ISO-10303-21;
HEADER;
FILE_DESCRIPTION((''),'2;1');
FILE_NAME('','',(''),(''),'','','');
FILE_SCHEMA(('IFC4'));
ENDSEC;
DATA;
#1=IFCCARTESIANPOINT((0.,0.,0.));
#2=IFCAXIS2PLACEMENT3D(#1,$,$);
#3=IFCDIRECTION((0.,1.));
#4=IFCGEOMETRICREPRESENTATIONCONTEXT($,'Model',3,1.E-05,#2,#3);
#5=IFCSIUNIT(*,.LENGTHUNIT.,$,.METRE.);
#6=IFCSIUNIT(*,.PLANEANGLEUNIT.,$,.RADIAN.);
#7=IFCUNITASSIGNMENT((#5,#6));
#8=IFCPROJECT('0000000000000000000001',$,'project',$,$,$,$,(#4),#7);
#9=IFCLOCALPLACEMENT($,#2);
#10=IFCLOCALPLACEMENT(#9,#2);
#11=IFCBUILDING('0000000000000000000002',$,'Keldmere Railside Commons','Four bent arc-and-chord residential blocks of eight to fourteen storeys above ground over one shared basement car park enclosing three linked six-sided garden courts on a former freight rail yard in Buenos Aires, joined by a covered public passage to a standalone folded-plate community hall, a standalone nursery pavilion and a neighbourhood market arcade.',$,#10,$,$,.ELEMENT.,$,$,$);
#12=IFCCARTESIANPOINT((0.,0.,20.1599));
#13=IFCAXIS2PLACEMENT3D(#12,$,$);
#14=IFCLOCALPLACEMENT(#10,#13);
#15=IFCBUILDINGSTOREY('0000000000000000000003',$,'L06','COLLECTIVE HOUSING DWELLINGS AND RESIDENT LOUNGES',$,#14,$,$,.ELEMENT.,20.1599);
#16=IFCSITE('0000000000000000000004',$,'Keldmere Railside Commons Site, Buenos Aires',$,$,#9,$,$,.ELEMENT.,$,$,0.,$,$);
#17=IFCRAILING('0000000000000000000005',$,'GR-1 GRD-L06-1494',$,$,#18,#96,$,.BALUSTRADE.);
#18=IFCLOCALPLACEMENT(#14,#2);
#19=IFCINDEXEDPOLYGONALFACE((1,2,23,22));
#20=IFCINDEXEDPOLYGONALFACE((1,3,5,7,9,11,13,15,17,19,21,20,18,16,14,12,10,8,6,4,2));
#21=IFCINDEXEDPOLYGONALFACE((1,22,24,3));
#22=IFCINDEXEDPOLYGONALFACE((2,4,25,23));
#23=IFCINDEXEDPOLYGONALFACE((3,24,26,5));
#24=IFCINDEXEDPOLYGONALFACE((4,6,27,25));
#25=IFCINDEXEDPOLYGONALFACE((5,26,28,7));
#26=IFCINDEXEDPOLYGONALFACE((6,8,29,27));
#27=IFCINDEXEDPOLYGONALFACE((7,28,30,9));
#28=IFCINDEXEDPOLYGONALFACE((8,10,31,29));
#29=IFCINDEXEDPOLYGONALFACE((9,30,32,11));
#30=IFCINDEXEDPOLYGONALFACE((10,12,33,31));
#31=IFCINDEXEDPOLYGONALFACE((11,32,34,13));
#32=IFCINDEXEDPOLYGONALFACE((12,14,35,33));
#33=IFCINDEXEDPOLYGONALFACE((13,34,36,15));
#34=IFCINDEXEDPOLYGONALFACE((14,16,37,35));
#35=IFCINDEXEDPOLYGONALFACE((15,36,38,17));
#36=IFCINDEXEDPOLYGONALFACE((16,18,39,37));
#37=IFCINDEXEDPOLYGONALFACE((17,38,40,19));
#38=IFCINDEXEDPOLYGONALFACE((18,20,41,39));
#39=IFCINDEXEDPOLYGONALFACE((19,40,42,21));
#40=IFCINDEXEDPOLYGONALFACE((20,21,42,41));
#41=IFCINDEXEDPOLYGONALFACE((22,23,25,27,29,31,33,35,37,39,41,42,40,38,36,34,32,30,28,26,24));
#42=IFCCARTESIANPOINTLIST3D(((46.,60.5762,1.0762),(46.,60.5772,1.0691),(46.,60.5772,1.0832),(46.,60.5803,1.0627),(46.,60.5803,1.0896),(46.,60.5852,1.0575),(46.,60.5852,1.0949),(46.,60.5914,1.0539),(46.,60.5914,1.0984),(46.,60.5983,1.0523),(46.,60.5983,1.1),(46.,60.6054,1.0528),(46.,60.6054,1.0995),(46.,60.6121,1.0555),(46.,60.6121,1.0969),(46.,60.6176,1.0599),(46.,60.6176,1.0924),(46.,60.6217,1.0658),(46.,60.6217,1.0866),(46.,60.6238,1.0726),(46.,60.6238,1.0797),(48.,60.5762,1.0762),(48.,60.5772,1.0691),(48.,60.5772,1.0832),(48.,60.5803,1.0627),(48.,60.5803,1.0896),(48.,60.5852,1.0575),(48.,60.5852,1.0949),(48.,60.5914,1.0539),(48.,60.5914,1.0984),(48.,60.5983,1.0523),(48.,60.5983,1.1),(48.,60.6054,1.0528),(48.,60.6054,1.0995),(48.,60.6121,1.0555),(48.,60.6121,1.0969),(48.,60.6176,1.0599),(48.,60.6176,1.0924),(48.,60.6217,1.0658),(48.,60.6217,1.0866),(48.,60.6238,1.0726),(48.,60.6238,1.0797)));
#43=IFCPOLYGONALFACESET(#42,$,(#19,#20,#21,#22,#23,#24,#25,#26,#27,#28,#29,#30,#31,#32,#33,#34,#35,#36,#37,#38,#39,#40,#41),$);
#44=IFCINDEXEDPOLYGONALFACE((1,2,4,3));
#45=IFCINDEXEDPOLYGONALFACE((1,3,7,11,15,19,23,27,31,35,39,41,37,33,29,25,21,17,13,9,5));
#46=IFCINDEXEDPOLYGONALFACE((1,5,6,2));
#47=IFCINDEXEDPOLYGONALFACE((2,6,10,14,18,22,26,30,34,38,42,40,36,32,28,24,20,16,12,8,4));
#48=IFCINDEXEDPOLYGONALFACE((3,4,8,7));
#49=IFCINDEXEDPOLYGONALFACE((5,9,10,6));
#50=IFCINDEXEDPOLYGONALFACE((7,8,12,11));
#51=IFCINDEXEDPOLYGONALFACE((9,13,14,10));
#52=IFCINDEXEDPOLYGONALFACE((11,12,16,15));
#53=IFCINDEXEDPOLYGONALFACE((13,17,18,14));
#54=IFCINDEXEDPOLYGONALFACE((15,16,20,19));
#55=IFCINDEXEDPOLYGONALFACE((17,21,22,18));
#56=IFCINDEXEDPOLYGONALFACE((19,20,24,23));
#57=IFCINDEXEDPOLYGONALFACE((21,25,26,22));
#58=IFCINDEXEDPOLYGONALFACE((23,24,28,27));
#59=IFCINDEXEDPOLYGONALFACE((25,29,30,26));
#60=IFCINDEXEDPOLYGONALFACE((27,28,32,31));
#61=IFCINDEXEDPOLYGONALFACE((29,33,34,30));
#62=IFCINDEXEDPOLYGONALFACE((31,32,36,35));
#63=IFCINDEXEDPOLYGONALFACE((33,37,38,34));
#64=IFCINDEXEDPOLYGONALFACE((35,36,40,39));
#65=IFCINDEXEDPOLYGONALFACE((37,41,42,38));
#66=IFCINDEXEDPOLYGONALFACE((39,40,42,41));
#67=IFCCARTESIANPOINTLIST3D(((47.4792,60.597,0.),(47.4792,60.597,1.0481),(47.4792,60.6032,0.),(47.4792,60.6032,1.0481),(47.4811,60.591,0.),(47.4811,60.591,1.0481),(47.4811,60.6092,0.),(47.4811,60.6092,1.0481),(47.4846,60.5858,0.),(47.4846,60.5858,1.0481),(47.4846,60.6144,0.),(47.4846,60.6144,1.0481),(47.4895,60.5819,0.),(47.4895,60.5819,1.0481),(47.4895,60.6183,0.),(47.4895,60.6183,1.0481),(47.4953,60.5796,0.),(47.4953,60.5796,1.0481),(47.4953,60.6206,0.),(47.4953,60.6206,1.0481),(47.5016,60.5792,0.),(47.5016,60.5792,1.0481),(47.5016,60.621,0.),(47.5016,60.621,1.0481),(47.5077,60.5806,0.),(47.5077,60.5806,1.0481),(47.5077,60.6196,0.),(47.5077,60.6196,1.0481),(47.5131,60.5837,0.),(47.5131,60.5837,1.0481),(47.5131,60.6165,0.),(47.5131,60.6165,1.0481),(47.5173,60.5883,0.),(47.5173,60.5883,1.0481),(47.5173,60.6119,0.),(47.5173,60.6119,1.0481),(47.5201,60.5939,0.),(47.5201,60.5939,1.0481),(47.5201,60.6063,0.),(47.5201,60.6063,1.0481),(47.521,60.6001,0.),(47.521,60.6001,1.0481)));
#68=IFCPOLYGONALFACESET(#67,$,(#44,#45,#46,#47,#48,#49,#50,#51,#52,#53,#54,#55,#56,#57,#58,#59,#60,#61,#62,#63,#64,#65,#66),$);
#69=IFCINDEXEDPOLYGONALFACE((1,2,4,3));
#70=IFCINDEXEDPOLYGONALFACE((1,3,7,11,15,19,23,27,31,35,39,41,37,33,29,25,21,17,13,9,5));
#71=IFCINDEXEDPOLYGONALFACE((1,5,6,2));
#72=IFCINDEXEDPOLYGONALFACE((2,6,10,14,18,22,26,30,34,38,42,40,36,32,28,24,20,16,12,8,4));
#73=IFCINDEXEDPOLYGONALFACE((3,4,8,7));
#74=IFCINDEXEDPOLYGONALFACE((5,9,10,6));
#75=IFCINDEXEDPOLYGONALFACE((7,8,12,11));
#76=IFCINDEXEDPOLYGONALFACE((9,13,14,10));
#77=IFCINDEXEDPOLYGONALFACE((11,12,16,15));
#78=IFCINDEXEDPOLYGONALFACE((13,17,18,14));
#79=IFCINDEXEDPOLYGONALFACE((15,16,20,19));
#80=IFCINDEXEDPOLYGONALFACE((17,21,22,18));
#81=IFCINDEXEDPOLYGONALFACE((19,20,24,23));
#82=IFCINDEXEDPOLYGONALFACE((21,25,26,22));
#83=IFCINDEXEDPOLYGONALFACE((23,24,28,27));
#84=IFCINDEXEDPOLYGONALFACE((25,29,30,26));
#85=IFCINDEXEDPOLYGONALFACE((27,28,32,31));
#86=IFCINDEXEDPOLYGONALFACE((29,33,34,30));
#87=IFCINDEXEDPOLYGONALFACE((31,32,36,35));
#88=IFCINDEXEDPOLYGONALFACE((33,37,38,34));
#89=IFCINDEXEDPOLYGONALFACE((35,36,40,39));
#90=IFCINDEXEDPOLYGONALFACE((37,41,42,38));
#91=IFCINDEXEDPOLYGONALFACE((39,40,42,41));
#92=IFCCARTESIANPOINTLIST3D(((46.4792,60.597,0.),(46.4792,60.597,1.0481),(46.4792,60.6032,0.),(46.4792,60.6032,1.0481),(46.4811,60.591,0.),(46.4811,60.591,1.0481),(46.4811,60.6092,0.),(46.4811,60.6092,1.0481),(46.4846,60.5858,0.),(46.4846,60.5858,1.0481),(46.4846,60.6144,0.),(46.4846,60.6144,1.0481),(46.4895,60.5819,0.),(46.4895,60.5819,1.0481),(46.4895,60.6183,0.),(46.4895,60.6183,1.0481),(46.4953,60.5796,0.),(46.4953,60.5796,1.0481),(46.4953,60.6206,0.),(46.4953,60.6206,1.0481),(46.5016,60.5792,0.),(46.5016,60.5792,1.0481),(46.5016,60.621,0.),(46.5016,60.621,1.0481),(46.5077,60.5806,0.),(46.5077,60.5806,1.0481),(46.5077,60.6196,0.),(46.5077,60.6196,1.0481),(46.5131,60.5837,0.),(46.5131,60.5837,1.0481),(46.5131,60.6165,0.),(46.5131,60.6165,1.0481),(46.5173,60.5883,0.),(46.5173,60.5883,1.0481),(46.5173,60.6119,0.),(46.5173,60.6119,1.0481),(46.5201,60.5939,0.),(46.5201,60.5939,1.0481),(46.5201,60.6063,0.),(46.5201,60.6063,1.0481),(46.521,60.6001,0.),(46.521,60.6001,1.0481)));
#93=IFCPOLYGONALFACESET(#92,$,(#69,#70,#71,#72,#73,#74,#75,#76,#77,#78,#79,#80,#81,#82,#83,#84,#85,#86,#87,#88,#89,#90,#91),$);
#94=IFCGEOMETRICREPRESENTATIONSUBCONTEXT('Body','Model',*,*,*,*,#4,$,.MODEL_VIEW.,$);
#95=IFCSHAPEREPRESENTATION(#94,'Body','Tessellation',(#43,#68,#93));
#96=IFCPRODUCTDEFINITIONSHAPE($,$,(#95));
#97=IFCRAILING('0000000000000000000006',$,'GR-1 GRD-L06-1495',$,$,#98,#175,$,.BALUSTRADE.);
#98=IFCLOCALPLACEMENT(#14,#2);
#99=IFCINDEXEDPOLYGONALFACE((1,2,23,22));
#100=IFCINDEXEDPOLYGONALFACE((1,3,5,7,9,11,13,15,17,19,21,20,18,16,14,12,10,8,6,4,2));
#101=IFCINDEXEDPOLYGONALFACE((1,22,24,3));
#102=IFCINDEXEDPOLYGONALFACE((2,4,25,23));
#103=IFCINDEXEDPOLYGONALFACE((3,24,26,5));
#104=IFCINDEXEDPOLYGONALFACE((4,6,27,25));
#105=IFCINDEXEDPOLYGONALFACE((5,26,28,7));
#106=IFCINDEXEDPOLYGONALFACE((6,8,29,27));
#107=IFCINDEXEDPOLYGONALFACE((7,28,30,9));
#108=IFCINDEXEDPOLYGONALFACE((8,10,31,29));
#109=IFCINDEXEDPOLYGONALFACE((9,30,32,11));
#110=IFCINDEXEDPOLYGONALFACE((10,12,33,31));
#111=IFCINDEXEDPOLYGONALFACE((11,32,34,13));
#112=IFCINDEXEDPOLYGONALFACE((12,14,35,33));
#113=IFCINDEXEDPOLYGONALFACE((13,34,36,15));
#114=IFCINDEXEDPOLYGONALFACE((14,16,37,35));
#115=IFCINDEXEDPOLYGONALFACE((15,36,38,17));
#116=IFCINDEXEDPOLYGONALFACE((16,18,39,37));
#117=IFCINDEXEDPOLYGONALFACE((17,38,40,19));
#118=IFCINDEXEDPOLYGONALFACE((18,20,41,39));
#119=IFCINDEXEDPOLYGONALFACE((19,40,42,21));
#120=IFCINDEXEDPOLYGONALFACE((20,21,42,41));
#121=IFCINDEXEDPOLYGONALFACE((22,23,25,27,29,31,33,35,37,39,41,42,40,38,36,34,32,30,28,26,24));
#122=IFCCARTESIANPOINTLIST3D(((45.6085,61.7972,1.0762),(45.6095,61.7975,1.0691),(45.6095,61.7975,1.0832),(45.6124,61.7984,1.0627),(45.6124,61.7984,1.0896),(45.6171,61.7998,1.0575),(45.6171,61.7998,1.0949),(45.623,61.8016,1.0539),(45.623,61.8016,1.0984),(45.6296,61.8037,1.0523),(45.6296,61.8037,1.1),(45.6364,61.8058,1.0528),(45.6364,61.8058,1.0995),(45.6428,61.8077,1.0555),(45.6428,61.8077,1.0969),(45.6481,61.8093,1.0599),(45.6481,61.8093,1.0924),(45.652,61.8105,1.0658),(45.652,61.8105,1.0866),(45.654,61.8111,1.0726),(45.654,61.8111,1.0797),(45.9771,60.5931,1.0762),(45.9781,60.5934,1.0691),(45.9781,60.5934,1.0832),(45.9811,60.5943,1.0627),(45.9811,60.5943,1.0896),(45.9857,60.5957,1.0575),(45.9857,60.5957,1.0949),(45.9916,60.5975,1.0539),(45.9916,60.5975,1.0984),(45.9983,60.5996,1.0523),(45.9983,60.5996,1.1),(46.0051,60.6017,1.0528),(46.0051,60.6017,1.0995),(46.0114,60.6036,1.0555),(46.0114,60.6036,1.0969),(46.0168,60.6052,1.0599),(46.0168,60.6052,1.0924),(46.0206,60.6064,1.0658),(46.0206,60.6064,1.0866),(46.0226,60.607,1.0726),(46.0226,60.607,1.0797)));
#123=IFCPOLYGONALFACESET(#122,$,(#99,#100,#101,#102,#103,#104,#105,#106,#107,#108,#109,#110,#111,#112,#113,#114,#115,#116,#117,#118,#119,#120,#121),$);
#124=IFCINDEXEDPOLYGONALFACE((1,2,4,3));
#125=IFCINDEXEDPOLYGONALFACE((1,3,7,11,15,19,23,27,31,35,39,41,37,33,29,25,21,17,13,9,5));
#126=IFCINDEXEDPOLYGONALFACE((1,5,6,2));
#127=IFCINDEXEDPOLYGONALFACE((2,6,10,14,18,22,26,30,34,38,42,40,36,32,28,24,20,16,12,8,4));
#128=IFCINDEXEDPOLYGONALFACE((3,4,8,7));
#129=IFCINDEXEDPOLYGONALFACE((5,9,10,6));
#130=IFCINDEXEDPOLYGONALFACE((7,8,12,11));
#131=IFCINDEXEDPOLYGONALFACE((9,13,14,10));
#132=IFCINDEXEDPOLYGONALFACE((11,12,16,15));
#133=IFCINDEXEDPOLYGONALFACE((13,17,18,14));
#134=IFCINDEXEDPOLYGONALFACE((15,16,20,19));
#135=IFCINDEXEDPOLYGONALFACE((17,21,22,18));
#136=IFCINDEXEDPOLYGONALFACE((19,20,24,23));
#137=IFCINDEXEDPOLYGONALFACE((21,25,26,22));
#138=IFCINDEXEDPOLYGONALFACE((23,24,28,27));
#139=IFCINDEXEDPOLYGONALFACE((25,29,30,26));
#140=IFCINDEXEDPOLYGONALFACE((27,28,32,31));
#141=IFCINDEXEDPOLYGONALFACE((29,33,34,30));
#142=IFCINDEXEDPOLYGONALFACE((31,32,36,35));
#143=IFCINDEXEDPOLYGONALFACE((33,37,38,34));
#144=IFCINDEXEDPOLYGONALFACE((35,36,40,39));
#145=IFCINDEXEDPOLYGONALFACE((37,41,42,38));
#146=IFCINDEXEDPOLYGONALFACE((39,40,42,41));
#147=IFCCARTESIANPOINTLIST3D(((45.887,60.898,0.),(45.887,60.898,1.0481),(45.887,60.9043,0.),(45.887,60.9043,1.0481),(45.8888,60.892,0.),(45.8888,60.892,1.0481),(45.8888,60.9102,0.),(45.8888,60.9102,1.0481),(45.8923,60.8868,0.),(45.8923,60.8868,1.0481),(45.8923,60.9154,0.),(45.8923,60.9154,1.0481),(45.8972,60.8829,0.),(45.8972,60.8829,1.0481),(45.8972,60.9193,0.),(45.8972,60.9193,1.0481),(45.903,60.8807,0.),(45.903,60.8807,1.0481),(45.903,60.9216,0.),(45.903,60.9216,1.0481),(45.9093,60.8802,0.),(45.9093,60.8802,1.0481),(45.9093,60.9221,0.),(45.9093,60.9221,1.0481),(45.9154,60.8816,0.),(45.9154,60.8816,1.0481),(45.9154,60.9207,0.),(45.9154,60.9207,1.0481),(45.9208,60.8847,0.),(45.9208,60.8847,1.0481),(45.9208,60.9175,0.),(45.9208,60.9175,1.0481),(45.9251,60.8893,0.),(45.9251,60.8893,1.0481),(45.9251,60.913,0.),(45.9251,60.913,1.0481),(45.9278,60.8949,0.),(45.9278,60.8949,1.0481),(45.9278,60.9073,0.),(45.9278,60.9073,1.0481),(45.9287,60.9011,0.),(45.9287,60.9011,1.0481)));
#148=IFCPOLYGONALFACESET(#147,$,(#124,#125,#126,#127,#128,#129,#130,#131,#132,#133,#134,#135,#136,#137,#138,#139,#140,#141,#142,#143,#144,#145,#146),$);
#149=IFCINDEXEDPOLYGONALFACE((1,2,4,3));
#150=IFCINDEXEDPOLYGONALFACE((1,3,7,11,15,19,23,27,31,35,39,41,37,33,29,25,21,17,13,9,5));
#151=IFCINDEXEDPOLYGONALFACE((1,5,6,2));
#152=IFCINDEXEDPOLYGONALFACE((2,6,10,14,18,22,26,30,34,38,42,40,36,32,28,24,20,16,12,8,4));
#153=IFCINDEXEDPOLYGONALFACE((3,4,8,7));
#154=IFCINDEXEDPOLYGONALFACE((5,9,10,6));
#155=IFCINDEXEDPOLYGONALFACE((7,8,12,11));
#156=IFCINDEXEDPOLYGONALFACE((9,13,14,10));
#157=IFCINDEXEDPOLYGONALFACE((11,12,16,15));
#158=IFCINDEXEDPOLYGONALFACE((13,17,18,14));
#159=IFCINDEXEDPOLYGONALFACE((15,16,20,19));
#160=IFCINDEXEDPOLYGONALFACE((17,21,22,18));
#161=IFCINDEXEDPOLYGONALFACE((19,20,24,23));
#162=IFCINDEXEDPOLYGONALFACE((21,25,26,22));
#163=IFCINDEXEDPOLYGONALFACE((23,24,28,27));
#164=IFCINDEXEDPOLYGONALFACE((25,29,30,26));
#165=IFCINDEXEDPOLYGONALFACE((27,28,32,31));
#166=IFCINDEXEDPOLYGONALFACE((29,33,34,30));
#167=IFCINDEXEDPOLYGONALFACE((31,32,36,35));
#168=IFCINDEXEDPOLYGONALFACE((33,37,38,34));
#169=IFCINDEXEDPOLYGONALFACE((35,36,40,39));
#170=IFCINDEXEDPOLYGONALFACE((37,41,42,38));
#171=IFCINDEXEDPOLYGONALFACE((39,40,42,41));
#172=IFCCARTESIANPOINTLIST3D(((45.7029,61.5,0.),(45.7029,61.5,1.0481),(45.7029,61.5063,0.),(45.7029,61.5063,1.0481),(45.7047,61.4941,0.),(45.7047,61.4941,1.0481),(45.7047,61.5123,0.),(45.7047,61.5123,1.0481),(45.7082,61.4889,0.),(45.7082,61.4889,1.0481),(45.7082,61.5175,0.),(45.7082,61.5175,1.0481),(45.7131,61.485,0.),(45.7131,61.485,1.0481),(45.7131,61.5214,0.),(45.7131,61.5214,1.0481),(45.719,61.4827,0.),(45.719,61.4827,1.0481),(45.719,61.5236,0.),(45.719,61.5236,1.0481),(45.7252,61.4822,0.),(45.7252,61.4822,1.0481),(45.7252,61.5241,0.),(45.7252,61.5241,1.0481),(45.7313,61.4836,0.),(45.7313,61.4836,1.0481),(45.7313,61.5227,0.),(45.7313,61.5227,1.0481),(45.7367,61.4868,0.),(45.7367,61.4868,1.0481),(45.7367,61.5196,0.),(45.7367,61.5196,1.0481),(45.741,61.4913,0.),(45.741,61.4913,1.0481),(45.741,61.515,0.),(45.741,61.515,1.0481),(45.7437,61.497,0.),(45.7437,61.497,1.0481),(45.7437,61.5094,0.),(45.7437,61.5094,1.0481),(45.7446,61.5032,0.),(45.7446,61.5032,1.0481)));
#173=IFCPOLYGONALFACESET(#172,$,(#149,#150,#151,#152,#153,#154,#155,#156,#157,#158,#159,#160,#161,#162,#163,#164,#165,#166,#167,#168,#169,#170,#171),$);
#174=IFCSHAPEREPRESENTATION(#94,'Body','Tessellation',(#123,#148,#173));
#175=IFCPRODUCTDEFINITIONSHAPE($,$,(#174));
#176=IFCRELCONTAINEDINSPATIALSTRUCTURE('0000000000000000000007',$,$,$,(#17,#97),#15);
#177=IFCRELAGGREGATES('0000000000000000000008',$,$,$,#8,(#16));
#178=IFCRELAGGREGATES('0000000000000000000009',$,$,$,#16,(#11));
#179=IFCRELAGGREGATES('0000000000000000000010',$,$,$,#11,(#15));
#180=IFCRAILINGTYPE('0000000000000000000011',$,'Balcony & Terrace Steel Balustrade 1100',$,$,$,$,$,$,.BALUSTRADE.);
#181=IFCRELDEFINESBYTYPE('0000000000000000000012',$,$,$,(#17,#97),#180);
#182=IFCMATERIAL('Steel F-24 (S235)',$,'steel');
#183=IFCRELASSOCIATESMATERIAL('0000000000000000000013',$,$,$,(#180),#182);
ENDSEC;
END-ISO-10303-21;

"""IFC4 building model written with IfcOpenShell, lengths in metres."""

from ifc_helpers import new_model, si_unit, direction, frame, origin, origin_2d, place, context, subcontext, project, spatial, circle, extrude, material, type_object, element, save


model = new_model("IFC4")

# Units and contexts
model_context = context("Model", 3, precision=1e-05, world=origin(), true_north=direction((0.0, 1.0)))
body_context = subcontext(model_context, "Body", "Model", "MODEL_VIEW")
ifc_project = project(units=[si_unit("LENGTHUNIT", "METRE"), si_unit("PLANEANGLEUNIT", "RADIAN")], contexts=[model_context])

# Site, building, storey
site_placement = place(None, origin())
site = spatial("IfcSite", under=ifc_project, at=site_placement, Name="Keldmere Railside Commons Site, Buenos Aires", CompositionType="ELEMENT", RefElevation=0.0)
building_placement = place(site_placement, origin())
building = spatial("IfcBuilding", under=site, at=building_placement, Name="Keldmere Railside Commons", Description="Four bent arc-and-chord residential blocks of eight to fourteen storeys above ground over one shared basement car park enclosing three linked six-sided garden courts on a former freight rail yard in Buenos Aires, joined by a covered public passage to a standalone folded-plate community hall, a standalone nursery pavilion and a neighbourhood market arcade.", CompositionType="ELEMENT")
storey_placement = place(building_placement, frame((0.0, 0.0, 20.1599)))
storey = spatial("IfcBuildingStorey", under=building, at=storey_placement, Name="L06", Description="COLLECTIVE HOUSING DWELLINGS AND RESIDENT LOUNGES", CompositionType="ELEMENT", Elevation=20.1599)

# Railings
ifc_material_1 = material(Name="Steel F-24 (S235)", Category="steel")
railing_type = type_object("IfcRailingType", Name="Balcony & Terrace Steel Balustrade 1100", PredefinedType="BALUSTRADE", material=ifc_material_1)
railing_1_placement = place(storey_placement, frame((48.0, 60.6001, 0.0)))
element("IfcRailing", 1, at=railing_1_placement, inside=storey, type_object=railing_type, Name="GR-1 GRD-L06-1494", PredefinedType="BALUSTRADE", context=body_context, shape_type="SweptSolid", body=[
    extrude(circle(Radius=0.0239, at=origin_2d()), frame((0.0, 0.0, 1.0762), z_axis=(-1.0, 0.0, 0.0), x_axis=(0.0, -1.0, 0.0)), (0.0, 0.0, 1.0), 2.0),
    extrude(circle(Radius=0.021, at=origin_2d()), frame((-0.5, 0.0, 0.0)), (0.0, 0.0, 1.0), 1.0481),
    extrude(circle(Radius=0.021, at=origin_2d()), frame((-1.5, 0.0, 0.0)), (0.0, 0.0, 1.0), 1.0481),
])
railing_2_placement = place(storey_placement, frame((46.0, 60.6001, 0.0)))
element("IfcRailing", 2, at=railing_2_placement, inside=storey, type_object=railing_type, Name="GR-1 GRD-L06-1495", PredefinedType="BALUSTRADE", context=body_context, shape_type="SweptSolid", body=[
    extrude(circle(Radius=0.0239, at=origin_2d()), frame((0.0, 0.0, 1.0762), z_axis=(-0.29275, 0.956189, 0.0), x_axis=(-0.956189, -0.29275, 0.0)), (0.0, 0.0, 1.0), 1.2593),
    extrude(circle(Radius=0.021, at=origin_2d()), frame((-0.0923, 0.301, 0.0)), (0.0, 0.0, 1.0), 1.0481),
    extrude(circle(Radius=0.021, at=origin_2d()), frame((-0.2764, 0.9031, 0.0)), (0.0, 0.0, 1.0), 1.0481),
])

save(model, "model.ifc")
